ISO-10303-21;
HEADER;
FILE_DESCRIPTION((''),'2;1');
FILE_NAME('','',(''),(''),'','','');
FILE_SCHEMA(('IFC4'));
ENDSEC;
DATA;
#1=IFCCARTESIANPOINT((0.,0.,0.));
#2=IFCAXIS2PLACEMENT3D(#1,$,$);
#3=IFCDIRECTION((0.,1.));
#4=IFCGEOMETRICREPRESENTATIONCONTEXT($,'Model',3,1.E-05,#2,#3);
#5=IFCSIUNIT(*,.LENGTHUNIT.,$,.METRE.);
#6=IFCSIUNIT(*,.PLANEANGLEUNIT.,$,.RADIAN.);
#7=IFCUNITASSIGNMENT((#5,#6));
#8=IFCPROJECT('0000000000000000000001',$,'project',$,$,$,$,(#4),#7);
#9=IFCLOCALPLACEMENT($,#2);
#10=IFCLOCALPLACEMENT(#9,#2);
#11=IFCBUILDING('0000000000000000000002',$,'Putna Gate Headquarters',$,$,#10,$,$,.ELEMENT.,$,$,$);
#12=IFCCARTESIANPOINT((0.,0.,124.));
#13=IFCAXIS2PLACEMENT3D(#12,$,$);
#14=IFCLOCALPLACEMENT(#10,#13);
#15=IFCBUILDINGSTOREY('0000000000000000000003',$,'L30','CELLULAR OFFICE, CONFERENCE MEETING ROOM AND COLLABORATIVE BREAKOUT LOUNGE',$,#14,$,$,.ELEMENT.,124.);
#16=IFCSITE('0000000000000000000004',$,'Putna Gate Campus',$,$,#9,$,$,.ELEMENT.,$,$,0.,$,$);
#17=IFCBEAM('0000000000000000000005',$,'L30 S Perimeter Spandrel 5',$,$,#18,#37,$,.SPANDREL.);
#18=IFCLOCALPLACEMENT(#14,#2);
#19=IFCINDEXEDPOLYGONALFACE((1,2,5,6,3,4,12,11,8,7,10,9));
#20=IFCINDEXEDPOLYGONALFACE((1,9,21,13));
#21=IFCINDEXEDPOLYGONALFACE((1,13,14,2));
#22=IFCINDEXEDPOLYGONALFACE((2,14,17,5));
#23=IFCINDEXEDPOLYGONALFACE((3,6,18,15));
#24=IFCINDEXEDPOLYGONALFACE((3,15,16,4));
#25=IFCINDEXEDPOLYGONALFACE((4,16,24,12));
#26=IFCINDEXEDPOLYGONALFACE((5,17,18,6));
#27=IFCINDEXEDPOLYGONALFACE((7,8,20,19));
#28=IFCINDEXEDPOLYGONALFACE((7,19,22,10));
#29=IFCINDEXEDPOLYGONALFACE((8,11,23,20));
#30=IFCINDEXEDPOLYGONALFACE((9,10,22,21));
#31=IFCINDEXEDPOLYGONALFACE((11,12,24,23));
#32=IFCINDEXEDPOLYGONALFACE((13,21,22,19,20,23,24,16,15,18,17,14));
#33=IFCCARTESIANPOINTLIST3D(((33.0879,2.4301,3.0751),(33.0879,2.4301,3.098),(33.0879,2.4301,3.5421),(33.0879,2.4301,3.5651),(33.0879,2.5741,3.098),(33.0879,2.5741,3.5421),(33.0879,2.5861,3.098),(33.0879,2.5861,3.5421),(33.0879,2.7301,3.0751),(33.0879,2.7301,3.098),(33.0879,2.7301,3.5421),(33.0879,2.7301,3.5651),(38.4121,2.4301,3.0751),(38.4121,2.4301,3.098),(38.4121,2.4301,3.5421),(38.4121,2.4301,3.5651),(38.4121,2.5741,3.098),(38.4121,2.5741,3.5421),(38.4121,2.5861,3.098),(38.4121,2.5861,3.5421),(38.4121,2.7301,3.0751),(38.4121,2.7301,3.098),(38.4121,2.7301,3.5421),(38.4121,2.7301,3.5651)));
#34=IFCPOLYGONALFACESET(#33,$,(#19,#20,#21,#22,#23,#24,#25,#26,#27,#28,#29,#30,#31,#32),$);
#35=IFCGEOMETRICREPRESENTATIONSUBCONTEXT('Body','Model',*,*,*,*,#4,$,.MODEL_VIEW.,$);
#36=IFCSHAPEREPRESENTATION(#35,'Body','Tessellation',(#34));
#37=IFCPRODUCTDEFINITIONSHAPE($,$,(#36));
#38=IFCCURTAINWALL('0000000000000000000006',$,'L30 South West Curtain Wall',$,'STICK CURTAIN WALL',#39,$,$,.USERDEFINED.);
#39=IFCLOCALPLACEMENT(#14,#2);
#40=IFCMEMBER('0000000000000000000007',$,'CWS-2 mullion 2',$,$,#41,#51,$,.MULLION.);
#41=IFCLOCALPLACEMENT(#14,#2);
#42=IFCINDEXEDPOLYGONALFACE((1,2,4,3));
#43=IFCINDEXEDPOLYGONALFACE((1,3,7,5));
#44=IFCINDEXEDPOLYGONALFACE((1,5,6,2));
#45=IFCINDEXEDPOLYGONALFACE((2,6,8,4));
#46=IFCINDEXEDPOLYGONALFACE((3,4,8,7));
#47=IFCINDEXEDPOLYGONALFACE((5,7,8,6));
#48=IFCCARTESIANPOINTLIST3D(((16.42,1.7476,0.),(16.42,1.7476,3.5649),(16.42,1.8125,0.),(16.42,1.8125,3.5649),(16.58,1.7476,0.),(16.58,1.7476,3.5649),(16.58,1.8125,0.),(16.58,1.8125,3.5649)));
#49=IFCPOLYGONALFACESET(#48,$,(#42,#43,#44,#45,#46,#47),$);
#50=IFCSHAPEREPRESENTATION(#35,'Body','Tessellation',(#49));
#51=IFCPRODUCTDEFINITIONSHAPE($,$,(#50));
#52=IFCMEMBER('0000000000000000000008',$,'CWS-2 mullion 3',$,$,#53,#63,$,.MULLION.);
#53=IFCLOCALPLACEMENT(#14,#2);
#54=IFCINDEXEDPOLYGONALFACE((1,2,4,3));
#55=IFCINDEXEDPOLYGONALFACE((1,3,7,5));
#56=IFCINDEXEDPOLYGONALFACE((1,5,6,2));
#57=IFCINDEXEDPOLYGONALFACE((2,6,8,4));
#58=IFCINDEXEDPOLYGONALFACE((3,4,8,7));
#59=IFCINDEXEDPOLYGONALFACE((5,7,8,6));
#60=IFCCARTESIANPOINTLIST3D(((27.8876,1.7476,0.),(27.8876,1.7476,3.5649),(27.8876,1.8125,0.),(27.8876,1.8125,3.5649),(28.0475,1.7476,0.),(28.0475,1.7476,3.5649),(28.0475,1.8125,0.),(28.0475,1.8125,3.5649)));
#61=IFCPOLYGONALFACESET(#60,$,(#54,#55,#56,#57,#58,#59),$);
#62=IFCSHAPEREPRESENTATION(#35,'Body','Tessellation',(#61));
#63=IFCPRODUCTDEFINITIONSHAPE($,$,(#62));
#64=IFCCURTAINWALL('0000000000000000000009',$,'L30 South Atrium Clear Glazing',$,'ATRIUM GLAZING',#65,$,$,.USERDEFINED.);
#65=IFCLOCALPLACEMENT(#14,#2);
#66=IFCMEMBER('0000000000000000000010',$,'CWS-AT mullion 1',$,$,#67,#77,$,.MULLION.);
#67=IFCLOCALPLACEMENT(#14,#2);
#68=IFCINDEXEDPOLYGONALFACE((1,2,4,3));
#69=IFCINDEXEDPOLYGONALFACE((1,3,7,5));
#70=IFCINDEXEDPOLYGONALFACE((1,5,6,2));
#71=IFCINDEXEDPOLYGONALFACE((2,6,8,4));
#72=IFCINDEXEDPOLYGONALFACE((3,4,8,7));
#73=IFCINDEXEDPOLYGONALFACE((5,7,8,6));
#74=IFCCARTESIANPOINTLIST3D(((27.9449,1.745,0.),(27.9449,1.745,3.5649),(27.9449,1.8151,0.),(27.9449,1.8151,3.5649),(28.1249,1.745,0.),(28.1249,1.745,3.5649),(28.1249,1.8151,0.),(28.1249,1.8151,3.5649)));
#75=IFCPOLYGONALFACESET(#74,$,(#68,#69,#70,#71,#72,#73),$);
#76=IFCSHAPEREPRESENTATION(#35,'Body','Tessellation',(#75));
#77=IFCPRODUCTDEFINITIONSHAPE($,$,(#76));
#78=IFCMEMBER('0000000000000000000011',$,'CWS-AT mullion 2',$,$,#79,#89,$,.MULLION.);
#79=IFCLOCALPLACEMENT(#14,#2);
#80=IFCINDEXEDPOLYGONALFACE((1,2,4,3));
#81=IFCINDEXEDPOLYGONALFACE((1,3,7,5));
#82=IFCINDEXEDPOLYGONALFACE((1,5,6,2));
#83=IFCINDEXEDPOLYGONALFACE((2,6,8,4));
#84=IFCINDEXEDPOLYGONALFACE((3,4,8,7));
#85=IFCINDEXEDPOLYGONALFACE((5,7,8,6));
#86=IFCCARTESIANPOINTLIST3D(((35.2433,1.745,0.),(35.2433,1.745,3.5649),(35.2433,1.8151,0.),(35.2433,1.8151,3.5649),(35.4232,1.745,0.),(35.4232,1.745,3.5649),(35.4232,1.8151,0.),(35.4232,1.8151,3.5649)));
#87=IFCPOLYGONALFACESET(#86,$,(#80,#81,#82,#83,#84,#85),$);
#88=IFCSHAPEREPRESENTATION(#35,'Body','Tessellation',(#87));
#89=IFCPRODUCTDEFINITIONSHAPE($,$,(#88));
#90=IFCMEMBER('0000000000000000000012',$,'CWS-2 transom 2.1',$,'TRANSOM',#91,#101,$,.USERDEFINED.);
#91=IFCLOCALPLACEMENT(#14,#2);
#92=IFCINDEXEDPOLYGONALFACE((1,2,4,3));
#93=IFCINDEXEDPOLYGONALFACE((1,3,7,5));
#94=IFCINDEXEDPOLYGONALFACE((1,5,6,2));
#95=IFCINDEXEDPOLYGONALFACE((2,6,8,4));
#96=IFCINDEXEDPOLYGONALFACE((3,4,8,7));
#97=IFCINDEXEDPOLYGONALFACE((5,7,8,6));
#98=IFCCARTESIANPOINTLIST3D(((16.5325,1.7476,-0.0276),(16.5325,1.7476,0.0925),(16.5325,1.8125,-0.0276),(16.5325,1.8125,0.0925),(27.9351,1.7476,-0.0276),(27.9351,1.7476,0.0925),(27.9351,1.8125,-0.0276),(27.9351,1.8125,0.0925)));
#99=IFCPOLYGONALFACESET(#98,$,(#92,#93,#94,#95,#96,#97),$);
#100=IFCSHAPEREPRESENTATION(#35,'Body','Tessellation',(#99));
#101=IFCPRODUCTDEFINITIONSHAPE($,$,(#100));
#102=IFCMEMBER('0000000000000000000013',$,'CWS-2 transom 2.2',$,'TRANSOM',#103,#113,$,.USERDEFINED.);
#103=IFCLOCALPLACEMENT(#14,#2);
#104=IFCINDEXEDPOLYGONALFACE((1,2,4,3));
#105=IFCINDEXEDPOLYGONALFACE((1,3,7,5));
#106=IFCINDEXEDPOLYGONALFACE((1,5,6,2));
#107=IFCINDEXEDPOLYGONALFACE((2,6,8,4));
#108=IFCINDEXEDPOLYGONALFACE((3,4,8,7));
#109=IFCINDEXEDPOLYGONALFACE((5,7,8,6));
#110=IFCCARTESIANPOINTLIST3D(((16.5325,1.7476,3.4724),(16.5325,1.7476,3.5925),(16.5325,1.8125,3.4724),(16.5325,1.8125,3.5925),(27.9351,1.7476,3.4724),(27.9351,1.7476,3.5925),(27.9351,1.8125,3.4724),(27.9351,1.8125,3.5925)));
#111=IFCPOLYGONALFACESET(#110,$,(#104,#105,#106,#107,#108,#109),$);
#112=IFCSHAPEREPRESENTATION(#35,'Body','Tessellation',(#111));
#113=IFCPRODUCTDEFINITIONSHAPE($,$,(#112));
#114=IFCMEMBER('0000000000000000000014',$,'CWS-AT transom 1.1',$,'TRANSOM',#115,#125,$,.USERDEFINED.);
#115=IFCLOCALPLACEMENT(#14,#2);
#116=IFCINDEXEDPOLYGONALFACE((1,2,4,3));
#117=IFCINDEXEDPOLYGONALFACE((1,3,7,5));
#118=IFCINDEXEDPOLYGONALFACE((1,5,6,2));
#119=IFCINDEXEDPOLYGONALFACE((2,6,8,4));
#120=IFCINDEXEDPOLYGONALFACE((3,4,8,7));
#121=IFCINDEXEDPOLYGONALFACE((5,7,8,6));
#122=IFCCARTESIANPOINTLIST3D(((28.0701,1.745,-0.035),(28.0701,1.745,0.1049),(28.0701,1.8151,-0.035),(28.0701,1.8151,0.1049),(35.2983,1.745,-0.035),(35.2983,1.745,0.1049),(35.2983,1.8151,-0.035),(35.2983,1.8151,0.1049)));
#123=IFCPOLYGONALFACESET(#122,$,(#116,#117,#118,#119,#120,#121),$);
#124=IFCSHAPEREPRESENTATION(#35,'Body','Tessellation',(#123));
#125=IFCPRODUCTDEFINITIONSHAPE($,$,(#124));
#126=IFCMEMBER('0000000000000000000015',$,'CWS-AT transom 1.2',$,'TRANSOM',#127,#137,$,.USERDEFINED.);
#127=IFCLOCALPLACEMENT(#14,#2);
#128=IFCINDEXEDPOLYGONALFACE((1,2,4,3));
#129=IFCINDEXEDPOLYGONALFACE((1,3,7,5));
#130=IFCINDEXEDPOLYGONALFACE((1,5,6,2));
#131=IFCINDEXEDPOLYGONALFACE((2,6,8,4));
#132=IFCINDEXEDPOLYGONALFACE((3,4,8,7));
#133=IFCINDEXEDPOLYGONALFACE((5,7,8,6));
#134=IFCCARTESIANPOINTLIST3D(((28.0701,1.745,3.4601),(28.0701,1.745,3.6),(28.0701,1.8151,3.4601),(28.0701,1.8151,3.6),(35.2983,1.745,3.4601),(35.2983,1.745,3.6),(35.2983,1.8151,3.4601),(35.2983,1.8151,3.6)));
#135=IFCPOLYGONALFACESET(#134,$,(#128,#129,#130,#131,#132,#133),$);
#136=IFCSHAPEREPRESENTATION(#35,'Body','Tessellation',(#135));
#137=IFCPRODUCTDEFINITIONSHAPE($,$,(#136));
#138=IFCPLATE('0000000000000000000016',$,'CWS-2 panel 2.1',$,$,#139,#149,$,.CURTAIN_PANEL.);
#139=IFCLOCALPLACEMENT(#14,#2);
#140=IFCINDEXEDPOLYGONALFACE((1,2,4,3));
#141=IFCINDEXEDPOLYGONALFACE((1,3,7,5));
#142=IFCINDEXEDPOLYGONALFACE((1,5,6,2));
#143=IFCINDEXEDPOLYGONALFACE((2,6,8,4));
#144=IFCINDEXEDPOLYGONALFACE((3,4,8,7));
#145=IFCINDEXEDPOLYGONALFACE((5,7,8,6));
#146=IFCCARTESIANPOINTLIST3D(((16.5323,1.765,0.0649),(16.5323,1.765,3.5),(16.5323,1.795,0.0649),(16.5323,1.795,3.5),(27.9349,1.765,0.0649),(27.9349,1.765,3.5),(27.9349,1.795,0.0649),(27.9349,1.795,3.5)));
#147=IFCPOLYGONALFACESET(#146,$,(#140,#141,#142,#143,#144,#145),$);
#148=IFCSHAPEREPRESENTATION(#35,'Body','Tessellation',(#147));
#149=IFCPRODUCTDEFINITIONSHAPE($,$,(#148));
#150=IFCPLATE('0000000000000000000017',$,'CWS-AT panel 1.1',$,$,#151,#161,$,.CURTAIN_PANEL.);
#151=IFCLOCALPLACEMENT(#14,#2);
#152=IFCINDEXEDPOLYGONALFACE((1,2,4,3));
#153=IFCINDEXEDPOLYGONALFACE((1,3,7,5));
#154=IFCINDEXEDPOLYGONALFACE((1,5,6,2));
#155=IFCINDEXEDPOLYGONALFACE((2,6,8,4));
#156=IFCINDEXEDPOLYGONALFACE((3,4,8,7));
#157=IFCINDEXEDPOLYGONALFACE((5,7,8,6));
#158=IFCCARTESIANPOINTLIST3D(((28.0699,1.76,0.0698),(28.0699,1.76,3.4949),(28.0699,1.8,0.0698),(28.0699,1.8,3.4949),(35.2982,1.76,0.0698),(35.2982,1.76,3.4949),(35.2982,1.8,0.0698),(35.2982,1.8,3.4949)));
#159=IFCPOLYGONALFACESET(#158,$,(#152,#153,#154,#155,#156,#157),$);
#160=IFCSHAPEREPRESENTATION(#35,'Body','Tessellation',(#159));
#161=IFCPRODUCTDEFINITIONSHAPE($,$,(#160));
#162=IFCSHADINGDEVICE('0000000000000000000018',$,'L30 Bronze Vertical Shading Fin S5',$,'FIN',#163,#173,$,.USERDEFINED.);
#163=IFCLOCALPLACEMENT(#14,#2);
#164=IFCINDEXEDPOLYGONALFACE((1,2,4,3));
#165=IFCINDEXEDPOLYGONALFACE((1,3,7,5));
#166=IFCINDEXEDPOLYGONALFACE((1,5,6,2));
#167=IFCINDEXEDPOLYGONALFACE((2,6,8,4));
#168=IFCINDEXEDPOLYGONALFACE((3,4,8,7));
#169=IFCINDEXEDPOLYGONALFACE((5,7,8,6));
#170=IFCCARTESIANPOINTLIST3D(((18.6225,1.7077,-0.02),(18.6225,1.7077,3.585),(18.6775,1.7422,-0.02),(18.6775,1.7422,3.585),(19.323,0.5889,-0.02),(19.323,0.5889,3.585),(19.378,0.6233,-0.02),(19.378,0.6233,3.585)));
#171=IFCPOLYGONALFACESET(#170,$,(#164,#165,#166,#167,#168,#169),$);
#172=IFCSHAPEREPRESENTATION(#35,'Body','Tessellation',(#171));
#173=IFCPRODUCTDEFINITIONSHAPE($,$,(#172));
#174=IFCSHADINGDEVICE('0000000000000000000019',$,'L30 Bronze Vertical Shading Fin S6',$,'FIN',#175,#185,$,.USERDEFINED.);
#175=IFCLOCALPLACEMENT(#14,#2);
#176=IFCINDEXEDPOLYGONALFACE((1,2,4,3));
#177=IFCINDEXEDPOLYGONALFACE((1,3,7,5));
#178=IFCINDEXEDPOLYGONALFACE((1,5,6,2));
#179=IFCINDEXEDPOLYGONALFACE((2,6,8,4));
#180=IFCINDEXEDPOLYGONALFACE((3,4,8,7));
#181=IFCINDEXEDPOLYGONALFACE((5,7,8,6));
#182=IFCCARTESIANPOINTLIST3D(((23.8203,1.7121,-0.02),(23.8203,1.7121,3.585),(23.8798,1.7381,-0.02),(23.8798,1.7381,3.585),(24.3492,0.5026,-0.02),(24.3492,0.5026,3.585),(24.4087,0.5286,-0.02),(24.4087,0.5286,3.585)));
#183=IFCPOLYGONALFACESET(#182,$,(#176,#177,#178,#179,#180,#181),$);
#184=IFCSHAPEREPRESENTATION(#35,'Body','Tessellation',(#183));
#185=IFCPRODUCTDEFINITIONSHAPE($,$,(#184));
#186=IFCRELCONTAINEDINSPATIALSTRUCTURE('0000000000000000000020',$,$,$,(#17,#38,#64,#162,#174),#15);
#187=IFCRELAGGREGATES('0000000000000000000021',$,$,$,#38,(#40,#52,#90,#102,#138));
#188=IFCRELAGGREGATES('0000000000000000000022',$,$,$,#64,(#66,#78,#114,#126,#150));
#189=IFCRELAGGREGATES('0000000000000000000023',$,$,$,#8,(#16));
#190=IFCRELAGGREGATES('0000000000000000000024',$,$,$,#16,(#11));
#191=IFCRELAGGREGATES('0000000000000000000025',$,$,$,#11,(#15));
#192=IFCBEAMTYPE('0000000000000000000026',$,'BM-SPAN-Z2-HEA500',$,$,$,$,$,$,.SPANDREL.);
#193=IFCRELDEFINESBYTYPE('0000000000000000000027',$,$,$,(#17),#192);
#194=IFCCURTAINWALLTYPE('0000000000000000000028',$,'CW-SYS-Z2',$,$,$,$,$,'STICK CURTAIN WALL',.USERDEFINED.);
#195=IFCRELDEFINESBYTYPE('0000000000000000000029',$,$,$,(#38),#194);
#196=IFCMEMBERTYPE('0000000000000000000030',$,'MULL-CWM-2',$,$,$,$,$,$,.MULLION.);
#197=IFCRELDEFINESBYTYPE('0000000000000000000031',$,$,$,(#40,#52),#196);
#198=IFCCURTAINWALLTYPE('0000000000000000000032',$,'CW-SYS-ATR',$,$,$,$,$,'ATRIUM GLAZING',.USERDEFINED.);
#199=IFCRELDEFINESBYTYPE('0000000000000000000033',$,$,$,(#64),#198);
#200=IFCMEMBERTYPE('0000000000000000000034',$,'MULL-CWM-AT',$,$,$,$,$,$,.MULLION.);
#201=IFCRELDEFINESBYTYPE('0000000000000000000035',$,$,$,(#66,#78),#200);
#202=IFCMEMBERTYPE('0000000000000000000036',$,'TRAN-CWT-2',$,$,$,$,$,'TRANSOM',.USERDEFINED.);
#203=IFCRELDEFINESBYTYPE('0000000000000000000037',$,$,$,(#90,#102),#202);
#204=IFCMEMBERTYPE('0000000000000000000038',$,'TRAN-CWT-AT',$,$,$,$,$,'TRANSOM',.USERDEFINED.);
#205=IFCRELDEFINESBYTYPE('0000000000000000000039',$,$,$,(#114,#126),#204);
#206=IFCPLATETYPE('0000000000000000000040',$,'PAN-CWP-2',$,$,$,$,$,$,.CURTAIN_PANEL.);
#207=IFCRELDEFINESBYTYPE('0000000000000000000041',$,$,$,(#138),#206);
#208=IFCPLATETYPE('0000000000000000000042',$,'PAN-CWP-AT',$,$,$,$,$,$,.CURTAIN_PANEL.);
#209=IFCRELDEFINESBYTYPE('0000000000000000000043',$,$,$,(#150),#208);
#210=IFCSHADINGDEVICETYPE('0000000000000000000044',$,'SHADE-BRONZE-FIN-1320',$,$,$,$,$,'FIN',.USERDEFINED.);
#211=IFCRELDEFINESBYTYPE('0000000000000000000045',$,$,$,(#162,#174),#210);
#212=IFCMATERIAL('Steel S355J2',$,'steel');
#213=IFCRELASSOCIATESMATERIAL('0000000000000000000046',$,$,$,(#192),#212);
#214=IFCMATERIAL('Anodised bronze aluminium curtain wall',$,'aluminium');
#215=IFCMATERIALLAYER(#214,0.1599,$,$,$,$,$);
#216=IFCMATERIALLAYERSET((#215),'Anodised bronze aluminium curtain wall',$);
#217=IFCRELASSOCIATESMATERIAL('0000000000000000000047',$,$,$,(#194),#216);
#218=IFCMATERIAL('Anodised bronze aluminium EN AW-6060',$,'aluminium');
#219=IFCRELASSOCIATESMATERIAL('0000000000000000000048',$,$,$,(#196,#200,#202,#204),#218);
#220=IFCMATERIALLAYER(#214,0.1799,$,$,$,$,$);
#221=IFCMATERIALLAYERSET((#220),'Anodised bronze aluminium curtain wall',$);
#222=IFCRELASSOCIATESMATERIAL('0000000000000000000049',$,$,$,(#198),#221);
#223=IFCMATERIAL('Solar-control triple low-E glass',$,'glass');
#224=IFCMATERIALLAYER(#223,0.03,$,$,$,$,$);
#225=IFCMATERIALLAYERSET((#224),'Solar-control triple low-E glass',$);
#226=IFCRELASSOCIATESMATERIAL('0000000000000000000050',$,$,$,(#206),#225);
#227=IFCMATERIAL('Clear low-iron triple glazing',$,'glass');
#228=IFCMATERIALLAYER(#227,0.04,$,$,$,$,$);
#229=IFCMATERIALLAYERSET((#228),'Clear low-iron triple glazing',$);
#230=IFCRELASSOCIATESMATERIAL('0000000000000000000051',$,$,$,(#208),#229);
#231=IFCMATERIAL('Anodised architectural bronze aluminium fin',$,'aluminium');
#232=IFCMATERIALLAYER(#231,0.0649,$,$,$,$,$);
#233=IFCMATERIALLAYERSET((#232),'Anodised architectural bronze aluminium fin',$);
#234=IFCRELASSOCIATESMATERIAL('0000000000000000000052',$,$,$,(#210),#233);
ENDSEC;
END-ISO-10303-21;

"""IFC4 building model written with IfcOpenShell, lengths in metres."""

from ifc_helpers import new_model, si_unit, direction, frame, origin, origin_2d, place, context, subcontext, project, spatial, rectangle, i_section, extrude, material, layer, layer_set, material_profile, profile_set, type_object, element, aggregate, save


model = new_model("IFC4")

# Units and contexts
model_context = context("Model", 3, precision=1e-05, world=origin(), true_north=direction((0.0, 1.0)))
body_context = subcontext(model_context, "Body", "Model", "MODEL_VIEW")
ifc_project = project(units=[si_unit("LENGTHUNIT", "METRE"), si_unit("PLANEANGLEUNIT", "RADIAN")], contexts=[model_context])

# Site, building, storey
site_placement = place(None, origin())
site = spatial("IfcSite", under=ifc_project, at=site_placement, Name="Putna Gate Campus", CompositionType="ELEMENT", RefElevation=0.0)
building_placement = place(site_placement, origin())
building = spatial("IfcBuilding", under=site, at=building_placement, Name="Putna Gate Headquarters", CompositionType="ELEMENT")
storey_placement = place(building_placement, frame((0.0, 0.0, 124.0)))
storey = spatial("IfcBuildingStorey", under=building, at=storey_placement, Name="L30", Description="CELLULAR OFFICE, CONFERENCE MEETING ROOM AND COLLABORATIVE BREAKOUT LOUNGE", CompositionType="ELEMENT", Elevation=124.0)

# Beam
ifc_material_1 = material(Name="Steel S355J2", Category="steel")
ifc_material_profile_1 = material_profile(ifc_material_1, i_section(OverallWidth=0.3, OverallDepth=0.49, WebThickness=0.012, FlangeThickness=0.0229, at=origin_2d()), Name="Steel S355J2")
ifc_profile_set_1 = profile_set([ifc_material_profile_1], Name="Steel S355J2")
beam_type_1 = type_object("IfcBeamType", Name="BM-SPAN-Z2-HEA500", PredefinedType="SPANDREL", material=ifc_profile_set_1)
for number, where, z_axis, x_axis, name in (
    (1, (33.0879, 2.5801, 3.3201), (1.0, 0.0, 0.0), (0.0, 1.0, 0.0), "L30 S Perimeter Spandrel 5"),
):
    element("IfcBeam", number, at=place(storey_placement, frame(where, z_axis=z_axis, x_axis=x_axis)), inside=storey, type_object=beam_type_1, Name=name, PredefinedType="SPANDREL", context=body_context, shape_type="SweptSolid", body=[
        extrude(i_section(OverallWidth=0.3, OverallDepth=0.49, WebThickness=0.012, FlangeThickness=0.0229, at=origin_2d()), origin(), (0.0, 0.0, 1.0), 5.3242),
    ])

# Curtain walls, members
ifc_material_2 = material(Name="Anodised bronze aluminium curtain wall", Category="aluminium")
ifc_layer_1 = layer(ifc_material_2, 0.1599)
ifc_layer_set_1 = layer_set([ifc_layer_1], Name="Anodised bronze aluminium curtain wall")
curtain_wall_type_1 = type_object("IfcCurtainWallType", Name="CW-SYS-Z2", ElementType="STICK CURTAIN WALL", PredefinedType="USERDEFINED", material=ifc_layer_set_1)
curtain_wall_1_placement = place(storey_placement, origin())
curtain_wall_1 = element("IfcCurtainWall", 2, at=curtain_wall_1_placement, inside=storey, type_object=curtain_wall_type_1, Name="L30 South West Curtain Wall", ObjectType="STICK CURTAIN WALL", PredefinedType="USERDEFINED")
ifc_material_3 = material(Name="Anodised bronze aluminium EN AW-6060", Category="aluminium")
ifc_material_profile_2 = material_profile(ifc_material_3, rectangle(XDim=0.0649, YDim=0.1599, at=origin_2d()), Name="Anodised bronze aluminium EN AW-6060")
ifc_profile_set_2 = profile_set([ifc_material_profile_2], Name="Anodised bronze aluminium EN AW-6060")
member_type_1 = type_object("IfcMemberType", Name="MULL-CWM-2", PredefinedType="MULLION", material=ifc_profile_set_2)
member_1_placement = place(storey_placement, frame((16.5, 1.78, 0.0), z_axis=(0.0, 0.0, 1.0), x_axis=(0.0, 1.0, 0.0)))
member_1 = element("IfcMember", 3, at=member_1_placement, type_object=member_type_1, Name="CWS-2 mullion 2", PredefinedType="MULLION", context=body_context, shape_type="SweptSolid", body=[
    extrude(rectangle(XDim=0.0649, YDim=0.1599, at=origin_2d()), origin(), (0.0, 0.0, 1.0), 3.5649),
])
member_2_placement = place(storey_placement, frame((27.9675, 1.78, 0.0), z_axis=(0.0, 0.0, 1.0), x_axis=(0.0, 1.0, 0.0)))
member_2 = element("IfcMember", 4, at=member_2_placement, type_object=member_type_1, Name="CWS-2 mullion 3", PredefinedType="MULLION", context=body_context, shape_type="SweptSolid", body=[
    extrude(rectangle(XDim=0.0649, YDim=0.1599, at=origin_2d()), origin(), (0.0, 0.0, 1.0), 3.5649),
])
ifc_layer_2 = layer(ifc_material_2, 0.1799)
ifc_layer_set_2 = layer_set([ifc_layer_2], Name="Anodised bronze aluminium curtain wall")
curtain_wall_type_2 = type_object("IfcCurtainWallType", Name="CW-SYS-ATR", ElementType="ATRIUM GLAZING", PredefinedType="USERDEFINED", material=ifc_layer_set_2)
curtain_wall_2_placement = place(storey_placement, origin())
curtain_wall_2 = element("IfcCurtainWall", 5, at=curtain_wall_2_placement, inside=storey, type_object=curtain_wall_type_2, Name="L30 South Atrium Clear Glazing", ObjectType="ATRIUM GLAZING", PredefinedType="USERDEFINED")
ifc_material_profile_3 = material_profile(ifc_material_3, rectangle(XDim=0.0701, YDim=0.1799, at=origin_2d()), Name="Anodised bronze aluminium EN AW-6060")
ifc_profile_set_3 = profile_set([ifc_material_profile_3], Name="Anodised bronze aluminium EN AW-6060")
member_type_2 = type_object("IfcMemberType", Name="MULL-CWM-AT", PredefinedType="MULLION", material=ifc_profile_set_3)
member_3_placement = place(storey_placement, frame((28.0349, 1.78, 0.0), z_axis=(0.0, 0.0, 1.0), x_axis=(0.0, 1.0, 0.0)))
member_3 = element("IfcMember", 6, at=member_3_placement, type_object=member_type_2, Name="CWS-AT mullion 1", PredefinedType="MULLION", context=body_context, shape_type="SweptSolid", body=[
    extrude(rectangle(XDim=0.0701, YDim=0.1799, at=origin_2d()), origin(), (0.0, 0.0, 1.0), 3.5649),
])
member_4_placement = place(storey_placement, frame((35.3333, 1.78, 0.0), z_axis=(0.0, 0.0, 1.0), x_axis=(0.0, 1.0, 0.0)))
member_4 = element("IfcMember", 7, at=member_4_placement, type_object=member_type_2, Name="CWS-AT mullion 2", PredefinedType="MULLION", context=body_context, shape_type="SweptSolid", body=[
    extrude(rectangle(XDim=0.0701, YDim=0.1799, at=origin_2d()), origin(), (0.0, 0.0, 1.0), 3.5649),
])

# Members
ifc_material_profile_4 = material_profile(ifc_material_3, rectangle(XDim=0.0649, YDim=0.1201, at=origin_2d()), Name="Anodised bronze aluminium EN AW-6060")
ifc_profile_set_4 = profile_set([ifc_material_profile_4], Name="Anodised bronze aluminium EN AW-6060")
member_type_3 = type_object("IfcMemberType", Name="TRAN-CWT-2", ElementType="TRANSOM", PredefinedType="USERDEFINED", material=ifc_profile_set_4)
member_5_placement = place(storey_placement, frame((16.5325, 1.78, 0.0325), z_axis=(1.0, 0.0, 0.0), x_axis=(0.0, 1.0, 0.0)))
member_5 = element("IfcMember", 8, at=member_5_placement, type_object=member_type_3, Name="CWS-2 transom 2.1", ObjectType="TRANSOM", PredefinedType="USERDEFINED", context=body_context, shape_type="SweptSolid", body=[
    extrude(rectangle(XDim=0.0649, YDim=0.1201, at=origin_2d()), origin(), (0.0, 0.0, 1.0), 11.4026),
])
member_6_placement = place(storey_placement, frame((16.5325, 1.78, 3.5325), z_axis=(1.0, 0.0, 0.0), x_axis=(0.0, 1.0, 0.0)))
member_6 = element("IfcMember", 9, at=member_6_placement, type_object=member_type_3, Name="CWS-2 transom 2.2", ObjectType="TRANSOM", PredefinedType="USERDEFINED", context=body_context, shape_type="SweptSolid", body=[
    extrude(rectangle(XDim=0.0649, YDim=0.1201, at=origin_2d()), origin(), (0.0, 0.0, 1.0), 11.4026),
])
ifc_material_profile_5 = material_profile(ifc_material_3, rectangle(XDim=0.0701, YDim=0.1399, at=origin_2d()), Name="Anodised bronze aluminium EN AW-6060")
ifc_profile_set_5 = profile_set([ifc_material_profile_5], Name="Anodised bronze aluminium EN AW-6060")
member_type_4 = type_object("IfcMemberType", Name="TRAN-CWT-AT", ElementType="TRANSOM", PredefinedType="USERDEFINED", material=ifc_profile_set_5)
member_7_placement = place(storey_placement, frame((28.0701, 1.78, 0.0349), z_axis=(1.0, 0.0, 0.0), x_axis=(0.0, 1.0, 0.0)))
member_7 = element("IfcMember", 10, at=member_7_placement, type_object=member_type_4, Name="CWS-AT transom 1.1", ObjectType="TRANSOM", PredefinedType="USERDEFINED", context=body_context, shape_type="SweptSolid", body=[
    extrude(rectangle(XDim=0.0701, YDim=0.1399, at=origin_2d()), origin(), (0.0, 0.0, 1.0), 7.2283),
])
member_8_placement = place(storey_placement, frame((28.0701, 1.78, 3.53), z_axis=(1.0, 0.0, 0.0), x_axis=(0.0, 1.0, 0.0)))
member_8 = element("IfcMember", 11, at=member_8_placement, type_object=member_type_4, Name="CWS-AT transom 1.2", ObjectType="TRANSOM", PredefinedType="USERDEFINED", context=body_context, shape_type="SweptSolid", body=[
    extrude(rectangle(XDim=0.0701, YDim=0.1399, at=origin_2d()), origin(), (0.0, 0.0, 1.0), 7.2283),
])

# Plates
ifc_material_4 = material(Name="Solar-control triple low-E glass", Category="glass")
ifc_layer_3 = layer(ifc_material_4, 0.03)
ifc_layer_set_3 = layer_set([ifc_layer_3], Name="Solar-control triple low-E glass")
plate_type_1 = type_object("IfcPlateType", Name="PAN-CWP-2", PredefinedType="CURTAIN_PANEL", material=ifc_layer_set_3)
plate_1_placement = place(storey_placement, frame((22.2336, 1.78, 0.0649), z_axis=(0.0, 0.0, 1.0), x_axis=(1.0, 0.0, 0.0)))
plate_1 = element("IfcPlate", 12, at=plate_1_placement, type_object=plate_type_1, Name="CWS-2 panel 2.1", PredefinedType="CURTAIN_PANEL", context=body_context, shape_type="SweptSolid", body=[
    extrude(rectangle(XDim=11.4026, YDim=0.03, at=origin_2d()), origin(), (0.0, 0.0, 1.0), 3.4351),
])
aggregate(curtain_wall_1, [member_1, member_2, member_5, member_6, plate_1])
ifc_material_5 = material(Name="Clear low-iron triple glazing", Category="glass")
ifc_layer_4 = layer(ifc_material_5, 0.04)
ifc_layer_set_4 = layer_set([ifc_layer_4], Name="Clear low-iron triple glazing")
plate_type_2 = type_object("IfcPlateType", Name="PAN-CWP-AT", PredefinedType="CURTAIN_PANEL", material=ifc_layer_set_4)
plate_2_placement = place(storey_placement, frame((31.6841, 1.78, 0.0698), z_axis=(0.0, 0.0, 1.0), x_axis=(1.0, 0.0, 0.0)))
plate_2 = element("IfcPlate", 13, at=plate_2_placement, type_object=plate_type_2, Name="CWS-AT panel 1.1", PredefinedType="CURTAIN_PANEL", context=body_context, shape_type="SweptSolid", body=[
    extrude(rectangle(XDim=7.2283, YDim=0.04, at=origin_2d()), origin(), (0.0, 0.0, 1.0), 3.425),
])
aggregate(curtain_wall_2, [member_3, member_4, member_7, member_8, plate_2])

# Shading devices
ifc_material_6 = material(Name="Anodised architectural bronze aluminium fin", Category="aluminium")
ifc_layer_5 = layer(ifc_material_6, 0.0649)
ifc_layer_set_5 = layer_set([ifc_layer_5], Name="Anodised architectural bronze aluminium fin")
shading_device_type = type_object("IfcShadingDeviceType", Name="SHADE-BRONZE-FIN-1320", ElementType="FIN", PredefinedType="USERDEFINED", material=ifc_layer_set_5)
for number, where, z_axis, x_axis, name in (
    (14, (19.0002, 1.1655, -0.02), (0.0, 0.0, 1.0), (0.530659, -0.847585, 0.0), "L30 Bronze Vertical Shading Fin S5"),
    (15, (24.1145, 1.1204, -0.02), (0.0, 0.0, 1.0), (0.400669, -0.916223, 0.0), "L30 Bronze Vertical Shading Fin S6"),
):
    element("IfcShadingDevice", number, at=place(storey_placement, frame(where, z_axis=z_axis, x_axis=x_axis)), inside=storey, type_object=shading_device_type, Name=name, ObjectType="FIN", PredefinedType="USERDEFINED", context=body_context, shape_type="SweptSolid", body=[
        extrude(rectangle(XDim=1.3201, YDim=0.0649, at=origin_2d()), origin(), (0.0, 0.0, 1.0), 3.605),
    ])

save(model, "model.ifc")
